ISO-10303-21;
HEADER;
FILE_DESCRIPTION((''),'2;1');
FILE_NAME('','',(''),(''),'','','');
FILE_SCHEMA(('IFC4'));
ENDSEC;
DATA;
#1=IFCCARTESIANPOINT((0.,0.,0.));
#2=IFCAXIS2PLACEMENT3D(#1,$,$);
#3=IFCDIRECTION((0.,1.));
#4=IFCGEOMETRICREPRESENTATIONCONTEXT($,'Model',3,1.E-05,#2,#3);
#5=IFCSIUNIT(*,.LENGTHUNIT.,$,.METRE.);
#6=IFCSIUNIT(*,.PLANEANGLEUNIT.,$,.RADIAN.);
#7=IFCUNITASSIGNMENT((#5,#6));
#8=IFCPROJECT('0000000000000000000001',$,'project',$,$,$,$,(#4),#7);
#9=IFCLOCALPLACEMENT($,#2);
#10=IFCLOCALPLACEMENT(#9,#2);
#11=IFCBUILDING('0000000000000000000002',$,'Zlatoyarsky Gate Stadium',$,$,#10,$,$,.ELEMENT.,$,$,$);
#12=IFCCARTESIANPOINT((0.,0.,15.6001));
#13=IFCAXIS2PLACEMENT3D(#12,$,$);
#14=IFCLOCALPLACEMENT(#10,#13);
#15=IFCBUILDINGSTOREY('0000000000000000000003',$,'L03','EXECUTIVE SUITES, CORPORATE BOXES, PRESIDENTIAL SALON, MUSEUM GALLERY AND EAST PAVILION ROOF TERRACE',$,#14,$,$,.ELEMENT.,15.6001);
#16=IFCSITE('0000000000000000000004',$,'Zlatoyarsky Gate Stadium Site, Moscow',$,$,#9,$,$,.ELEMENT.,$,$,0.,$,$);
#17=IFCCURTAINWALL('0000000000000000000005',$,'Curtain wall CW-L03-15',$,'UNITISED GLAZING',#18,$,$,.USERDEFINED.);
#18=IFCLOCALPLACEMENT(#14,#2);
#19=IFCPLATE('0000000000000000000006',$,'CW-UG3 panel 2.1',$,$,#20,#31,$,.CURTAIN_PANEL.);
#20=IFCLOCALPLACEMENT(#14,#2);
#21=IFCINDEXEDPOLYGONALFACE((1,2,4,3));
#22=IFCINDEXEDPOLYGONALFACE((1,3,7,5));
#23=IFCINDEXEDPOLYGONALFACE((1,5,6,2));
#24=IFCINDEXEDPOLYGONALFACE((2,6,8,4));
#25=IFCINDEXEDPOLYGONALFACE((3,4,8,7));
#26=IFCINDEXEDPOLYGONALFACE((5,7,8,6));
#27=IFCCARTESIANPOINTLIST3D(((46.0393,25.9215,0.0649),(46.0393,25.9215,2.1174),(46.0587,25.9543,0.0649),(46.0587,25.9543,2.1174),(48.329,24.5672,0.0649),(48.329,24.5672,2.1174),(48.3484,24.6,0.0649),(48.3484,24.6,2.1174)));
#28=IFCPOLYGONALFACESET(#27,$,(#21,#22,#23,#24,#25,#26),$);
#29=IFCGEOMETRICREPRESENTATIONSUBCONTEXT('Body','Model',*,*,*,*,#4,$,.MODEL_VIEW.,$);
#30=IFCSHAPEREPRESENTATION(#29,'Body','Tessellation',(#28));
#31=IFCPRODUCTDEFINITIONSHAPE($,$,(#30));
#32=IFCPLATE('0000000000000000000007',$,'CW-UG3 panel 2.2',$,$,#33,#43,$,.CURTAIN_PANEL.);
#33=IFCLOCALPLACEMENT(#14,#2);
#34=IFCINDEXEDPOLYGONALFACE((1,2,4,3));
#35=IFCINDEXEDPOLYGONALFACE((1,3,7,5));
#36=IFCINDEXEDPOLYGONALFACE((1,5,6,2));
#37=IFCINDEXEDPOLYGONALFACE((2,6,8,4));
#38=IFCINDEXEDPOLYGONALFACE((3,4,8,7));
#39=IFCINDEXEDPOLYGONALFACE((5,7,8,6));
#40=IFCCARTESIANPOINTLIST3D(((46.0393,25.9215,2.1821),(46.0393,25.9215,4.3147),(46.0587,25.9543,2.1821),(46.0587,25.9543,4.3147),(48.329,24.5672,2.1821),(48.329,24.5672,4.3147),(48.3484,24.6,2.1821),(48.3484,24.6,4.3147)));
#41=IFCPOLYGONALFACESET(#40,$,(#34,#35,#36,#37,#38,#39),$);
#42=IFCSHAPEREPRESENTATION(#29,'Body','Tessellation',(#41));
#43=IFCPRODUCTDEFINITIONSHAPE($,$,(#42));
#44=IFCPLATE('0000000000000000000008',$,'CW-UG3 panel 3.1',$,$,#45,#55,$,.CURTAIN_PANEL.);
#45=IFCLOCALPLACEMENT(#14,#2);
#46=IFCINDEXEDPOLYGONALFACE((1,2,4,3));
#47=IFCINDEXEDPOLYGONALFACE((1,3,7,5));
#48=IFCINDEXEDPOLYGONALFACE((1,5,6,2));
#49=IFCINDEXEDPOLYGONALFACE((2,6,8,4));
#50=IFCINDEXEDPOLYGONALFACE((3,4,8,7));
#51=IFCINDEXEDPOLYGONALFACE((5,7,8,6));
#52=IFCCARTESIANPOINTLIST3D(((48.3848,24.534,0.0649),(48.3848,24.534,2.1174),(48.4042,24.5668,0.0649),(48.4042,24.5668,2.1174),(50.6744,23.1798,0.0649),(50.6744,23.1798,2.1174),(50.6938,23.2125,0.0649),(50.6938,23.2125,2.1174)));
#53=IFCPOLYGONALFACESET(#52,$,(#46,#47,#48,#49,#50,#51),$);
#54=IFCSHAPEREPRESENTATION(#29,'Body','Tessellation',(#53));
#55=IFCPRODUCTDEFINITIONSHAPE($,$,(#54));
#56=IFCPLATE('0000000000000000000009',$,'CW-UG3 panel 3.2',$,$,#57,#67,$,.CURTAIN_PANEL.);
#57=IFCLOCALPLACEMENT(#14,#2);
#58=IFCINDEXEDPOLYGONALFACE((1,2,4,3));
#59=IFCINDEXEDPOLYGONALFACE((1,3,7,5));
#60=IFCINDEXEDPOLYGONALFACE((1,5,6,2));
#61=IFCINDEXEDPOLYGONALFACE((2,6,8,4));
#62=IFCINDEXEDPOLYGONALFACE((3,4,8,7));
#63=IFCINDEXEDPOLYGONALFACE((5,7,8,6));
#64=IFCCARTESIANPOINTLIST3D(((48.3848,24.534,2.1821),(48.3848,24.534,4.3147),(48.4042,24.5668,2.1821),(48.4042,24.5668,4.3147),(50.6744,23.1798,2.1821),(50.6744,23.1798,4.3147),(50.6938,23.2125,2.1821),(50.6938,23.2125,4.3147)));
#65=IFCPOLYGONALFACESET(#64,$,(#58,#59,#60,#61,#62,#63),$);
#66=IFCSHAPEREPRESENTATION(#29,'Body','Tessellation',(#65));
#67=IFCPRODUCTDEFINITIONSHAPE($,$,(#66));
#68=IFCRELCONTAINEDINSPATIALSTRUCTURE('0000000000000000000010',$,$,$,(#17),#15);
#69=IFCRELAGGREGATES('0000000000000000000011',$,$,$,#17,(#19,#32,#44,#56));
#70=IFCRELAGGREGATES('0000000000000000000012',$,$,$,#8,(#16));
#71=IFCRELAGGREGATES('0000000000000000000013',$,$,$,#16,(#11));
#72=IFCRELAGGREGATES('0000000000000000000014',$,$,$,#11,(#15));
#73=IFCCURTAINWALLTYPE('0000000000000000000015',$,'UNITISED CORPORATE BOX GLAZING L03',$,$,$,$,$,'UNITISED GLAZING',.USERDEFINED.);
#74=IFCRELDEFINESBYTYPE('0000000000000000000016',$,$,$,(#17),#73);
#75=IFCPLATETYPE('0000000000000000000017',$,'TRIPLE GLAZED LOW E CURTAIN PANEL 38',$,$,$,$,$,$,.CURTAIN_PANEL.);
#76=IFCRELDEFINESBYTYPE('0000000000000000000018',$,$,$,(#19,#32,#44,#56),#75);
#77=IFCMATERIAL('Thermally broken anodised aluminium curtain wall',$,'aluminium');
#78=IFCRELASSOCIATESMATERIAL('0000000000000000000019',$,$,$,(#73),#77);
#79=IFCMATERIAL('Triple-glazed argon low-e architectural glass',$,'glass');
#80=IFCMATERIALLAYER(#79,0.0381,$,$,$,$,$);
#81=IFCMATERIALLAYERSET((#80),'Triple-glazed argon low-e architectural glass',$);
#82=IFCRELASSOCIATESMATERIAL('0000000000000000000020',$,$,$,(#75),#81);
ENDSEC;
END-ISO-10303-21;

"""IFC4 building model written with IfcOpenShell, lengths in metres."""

from ifc_helpers import new_model, si_unit, direction, frame, origin, origin_2d, place, context, subcontext, project, spatial, rectangle, extrude, material, layer, layer_set, type_object, element, aggregate, save


model = new_model("IFC4")

# Units and contexts
model_context = context("Model", 3, precision=1e-05, world=origin(), true_north=direction((0.0, 1.0)))
body_context = subcontext(model_context, "Body", "Model", "MODEL_VIEW")
ifc_project = project(units=[si_unit("LENGTHUNIT", "METRE"), si_unit("PLANEANGLEUNIT", "RADIAN")], contexts=[model_context])

# Site, building, storey
site_placement = place(None, origin())
site = spatial("IfcSite", under=ifc_project, at=site_placement, Name="Zlatoyarsky Gate Stadium Site, Moscow", CompositionType="ELEMENT", RefElevation=0.0)
building_placement = place(site_placement, origin())
building = spatial("IfcBuilding", under=site, at=building_placement, Name="Zlatoyarsky Gate Stadium", CompositionType="ELEMENT")
storey_placement = place(building_placement, frame((0.0, 0.0, 15.6001)))
storey = spatial("IfcBuildingStorey", under=building, at=storey_placement, Name="L03", Description="EXECUTIVE SUITES, CORPORATE BOXES, PRESIDENTIAL SALON, MUSEUM GALLERY AND EAST PAVILION ROOF TERRACE", CompositionType="ELEMENT", Elevation=15.6001)

# Curtain wall
ifc_material_1 = material(Name="Thermally broken anodised aluminium curtain wall", Category="aluminium")
curtain_wall_type = type_object("IfcCurtainWallType", Name="UNITISED CORPORATE BOX GLAZING L03", ElementType="UNITISED GLAZING", PredefinedType="USERDEFINED", material=ifc_material_1)
curtain_wall_placement = place(storey_placement, origin())
curtain_wall = element("IfcCurtainWall", 1, at=curtain_wall_placement, inside=storey, type_object=curtain_wall_type, Name="Curtain wall CW-L03-15", ObjectType="UNITISED GLAZING", PredefinedType="USERDEFINED")

# Plates
ifc_material_2 = material(Name="Triple-glazed argon low-e architectural glass", Category="glass")
ifc_layer_1 = layer(ifc_material_2, 0.0381)
ifc_layer_set_1 = layer_set([ifc_layer_1], Name="Triple-glazed argon low-e architectural glass")
plate_type_1 = type_object("IfcPlateType", Name="TRIPLE GLAZED LOW E CURTAIN PANEL 38", PredefinedType="CURTAIN_PANEL", material=ifc_layer_set_1)
plate_1_placement = place(storey_placement, frame((47.1938, 25.2607, 0.0649), z_axis=(0.0, 0.0, 1.0), x_axis=(0.860708, -0.509098, 0.0)))
plate_1 = element("IfcPlate", 2, at=plate_1_placement, type_object=plate_type_1, Name="CW-UG3 panel 2.1", PredefinedType="CURTAIN_PANEL", context=body_context, shape_type="SweptSolid", body=[
    extrude(rectangle(XDim=2.6602, YDim=0.0381, at=origin_2d()), origin(), (0.0, 0.0, 1.0), 2.0525),
])
plate_2_placement = place(storey_placement, frame((47.1938, 25.2607, 2.1821), z_axis=(0.0, 0.0, 1.0), x_axis=(0.860708, -0.509098, 0.0)))
plate_2 = element("IfcPlate", 3, at=plate_2_placement, type_object=plate_type_1, Name="CW-UG3 panel 2.2", PredefinedType="CURTAIN_PANEL", context=body_context, shape_type="SweptSolid", body=[
    extrude(rectangle(XDim=2.6602, YDim=0.0381, at=origin_2d()), origin(), (0.0, 0.0, 1.0), 2.1326),
])
plate_3_placement = place(storey_placement, frame((49.5393, 23.8733, 0.0649), z_axis=(0.0, 0.0, 1.0), x_axis=(0.860708, -0.509098, 0.0)))
plate_3 = element("IfcPlate", 4, at=plate_3_placement, type_object=plate_type_1, Name="CW-UG3 panel 3.1", PredefinedType="CURTAIN_PANEL", context=body_context, shape_type="SweptSolid", body=[
    extrude(rectangle(XDim=2.6602, YDim=0.0381, at=origin_2d()), origin(), (0.0, 0.0, 1.0), 2.0525),
])
plate_4_placement = place(storey_placement, frame((49.5393, 23.8733, 2.1821), z_axis=(0.0, 0.0, 1.0), x_axis=(0.860708, -0.509098, 0.0)))
plate_4 = element("IfcPlate", 5, at=plate_4_placement, type_object=plate_type_1, Name="CW-UG3 panel 3.2", PredefinedType="CURTAIN_PANEL", context=body_context, shape_type="SweptSolid", body=[
    extrude(rectangle(XDim=2.6602, YDim=0.0381, at=origin_2d()), origin(), (0.0, 0.0, 1.0), 2.1326),
])
aggregate(curtain_wall, [plate_1, plate_2, plate_3, plate_4])

save(model, "model.ifc")
